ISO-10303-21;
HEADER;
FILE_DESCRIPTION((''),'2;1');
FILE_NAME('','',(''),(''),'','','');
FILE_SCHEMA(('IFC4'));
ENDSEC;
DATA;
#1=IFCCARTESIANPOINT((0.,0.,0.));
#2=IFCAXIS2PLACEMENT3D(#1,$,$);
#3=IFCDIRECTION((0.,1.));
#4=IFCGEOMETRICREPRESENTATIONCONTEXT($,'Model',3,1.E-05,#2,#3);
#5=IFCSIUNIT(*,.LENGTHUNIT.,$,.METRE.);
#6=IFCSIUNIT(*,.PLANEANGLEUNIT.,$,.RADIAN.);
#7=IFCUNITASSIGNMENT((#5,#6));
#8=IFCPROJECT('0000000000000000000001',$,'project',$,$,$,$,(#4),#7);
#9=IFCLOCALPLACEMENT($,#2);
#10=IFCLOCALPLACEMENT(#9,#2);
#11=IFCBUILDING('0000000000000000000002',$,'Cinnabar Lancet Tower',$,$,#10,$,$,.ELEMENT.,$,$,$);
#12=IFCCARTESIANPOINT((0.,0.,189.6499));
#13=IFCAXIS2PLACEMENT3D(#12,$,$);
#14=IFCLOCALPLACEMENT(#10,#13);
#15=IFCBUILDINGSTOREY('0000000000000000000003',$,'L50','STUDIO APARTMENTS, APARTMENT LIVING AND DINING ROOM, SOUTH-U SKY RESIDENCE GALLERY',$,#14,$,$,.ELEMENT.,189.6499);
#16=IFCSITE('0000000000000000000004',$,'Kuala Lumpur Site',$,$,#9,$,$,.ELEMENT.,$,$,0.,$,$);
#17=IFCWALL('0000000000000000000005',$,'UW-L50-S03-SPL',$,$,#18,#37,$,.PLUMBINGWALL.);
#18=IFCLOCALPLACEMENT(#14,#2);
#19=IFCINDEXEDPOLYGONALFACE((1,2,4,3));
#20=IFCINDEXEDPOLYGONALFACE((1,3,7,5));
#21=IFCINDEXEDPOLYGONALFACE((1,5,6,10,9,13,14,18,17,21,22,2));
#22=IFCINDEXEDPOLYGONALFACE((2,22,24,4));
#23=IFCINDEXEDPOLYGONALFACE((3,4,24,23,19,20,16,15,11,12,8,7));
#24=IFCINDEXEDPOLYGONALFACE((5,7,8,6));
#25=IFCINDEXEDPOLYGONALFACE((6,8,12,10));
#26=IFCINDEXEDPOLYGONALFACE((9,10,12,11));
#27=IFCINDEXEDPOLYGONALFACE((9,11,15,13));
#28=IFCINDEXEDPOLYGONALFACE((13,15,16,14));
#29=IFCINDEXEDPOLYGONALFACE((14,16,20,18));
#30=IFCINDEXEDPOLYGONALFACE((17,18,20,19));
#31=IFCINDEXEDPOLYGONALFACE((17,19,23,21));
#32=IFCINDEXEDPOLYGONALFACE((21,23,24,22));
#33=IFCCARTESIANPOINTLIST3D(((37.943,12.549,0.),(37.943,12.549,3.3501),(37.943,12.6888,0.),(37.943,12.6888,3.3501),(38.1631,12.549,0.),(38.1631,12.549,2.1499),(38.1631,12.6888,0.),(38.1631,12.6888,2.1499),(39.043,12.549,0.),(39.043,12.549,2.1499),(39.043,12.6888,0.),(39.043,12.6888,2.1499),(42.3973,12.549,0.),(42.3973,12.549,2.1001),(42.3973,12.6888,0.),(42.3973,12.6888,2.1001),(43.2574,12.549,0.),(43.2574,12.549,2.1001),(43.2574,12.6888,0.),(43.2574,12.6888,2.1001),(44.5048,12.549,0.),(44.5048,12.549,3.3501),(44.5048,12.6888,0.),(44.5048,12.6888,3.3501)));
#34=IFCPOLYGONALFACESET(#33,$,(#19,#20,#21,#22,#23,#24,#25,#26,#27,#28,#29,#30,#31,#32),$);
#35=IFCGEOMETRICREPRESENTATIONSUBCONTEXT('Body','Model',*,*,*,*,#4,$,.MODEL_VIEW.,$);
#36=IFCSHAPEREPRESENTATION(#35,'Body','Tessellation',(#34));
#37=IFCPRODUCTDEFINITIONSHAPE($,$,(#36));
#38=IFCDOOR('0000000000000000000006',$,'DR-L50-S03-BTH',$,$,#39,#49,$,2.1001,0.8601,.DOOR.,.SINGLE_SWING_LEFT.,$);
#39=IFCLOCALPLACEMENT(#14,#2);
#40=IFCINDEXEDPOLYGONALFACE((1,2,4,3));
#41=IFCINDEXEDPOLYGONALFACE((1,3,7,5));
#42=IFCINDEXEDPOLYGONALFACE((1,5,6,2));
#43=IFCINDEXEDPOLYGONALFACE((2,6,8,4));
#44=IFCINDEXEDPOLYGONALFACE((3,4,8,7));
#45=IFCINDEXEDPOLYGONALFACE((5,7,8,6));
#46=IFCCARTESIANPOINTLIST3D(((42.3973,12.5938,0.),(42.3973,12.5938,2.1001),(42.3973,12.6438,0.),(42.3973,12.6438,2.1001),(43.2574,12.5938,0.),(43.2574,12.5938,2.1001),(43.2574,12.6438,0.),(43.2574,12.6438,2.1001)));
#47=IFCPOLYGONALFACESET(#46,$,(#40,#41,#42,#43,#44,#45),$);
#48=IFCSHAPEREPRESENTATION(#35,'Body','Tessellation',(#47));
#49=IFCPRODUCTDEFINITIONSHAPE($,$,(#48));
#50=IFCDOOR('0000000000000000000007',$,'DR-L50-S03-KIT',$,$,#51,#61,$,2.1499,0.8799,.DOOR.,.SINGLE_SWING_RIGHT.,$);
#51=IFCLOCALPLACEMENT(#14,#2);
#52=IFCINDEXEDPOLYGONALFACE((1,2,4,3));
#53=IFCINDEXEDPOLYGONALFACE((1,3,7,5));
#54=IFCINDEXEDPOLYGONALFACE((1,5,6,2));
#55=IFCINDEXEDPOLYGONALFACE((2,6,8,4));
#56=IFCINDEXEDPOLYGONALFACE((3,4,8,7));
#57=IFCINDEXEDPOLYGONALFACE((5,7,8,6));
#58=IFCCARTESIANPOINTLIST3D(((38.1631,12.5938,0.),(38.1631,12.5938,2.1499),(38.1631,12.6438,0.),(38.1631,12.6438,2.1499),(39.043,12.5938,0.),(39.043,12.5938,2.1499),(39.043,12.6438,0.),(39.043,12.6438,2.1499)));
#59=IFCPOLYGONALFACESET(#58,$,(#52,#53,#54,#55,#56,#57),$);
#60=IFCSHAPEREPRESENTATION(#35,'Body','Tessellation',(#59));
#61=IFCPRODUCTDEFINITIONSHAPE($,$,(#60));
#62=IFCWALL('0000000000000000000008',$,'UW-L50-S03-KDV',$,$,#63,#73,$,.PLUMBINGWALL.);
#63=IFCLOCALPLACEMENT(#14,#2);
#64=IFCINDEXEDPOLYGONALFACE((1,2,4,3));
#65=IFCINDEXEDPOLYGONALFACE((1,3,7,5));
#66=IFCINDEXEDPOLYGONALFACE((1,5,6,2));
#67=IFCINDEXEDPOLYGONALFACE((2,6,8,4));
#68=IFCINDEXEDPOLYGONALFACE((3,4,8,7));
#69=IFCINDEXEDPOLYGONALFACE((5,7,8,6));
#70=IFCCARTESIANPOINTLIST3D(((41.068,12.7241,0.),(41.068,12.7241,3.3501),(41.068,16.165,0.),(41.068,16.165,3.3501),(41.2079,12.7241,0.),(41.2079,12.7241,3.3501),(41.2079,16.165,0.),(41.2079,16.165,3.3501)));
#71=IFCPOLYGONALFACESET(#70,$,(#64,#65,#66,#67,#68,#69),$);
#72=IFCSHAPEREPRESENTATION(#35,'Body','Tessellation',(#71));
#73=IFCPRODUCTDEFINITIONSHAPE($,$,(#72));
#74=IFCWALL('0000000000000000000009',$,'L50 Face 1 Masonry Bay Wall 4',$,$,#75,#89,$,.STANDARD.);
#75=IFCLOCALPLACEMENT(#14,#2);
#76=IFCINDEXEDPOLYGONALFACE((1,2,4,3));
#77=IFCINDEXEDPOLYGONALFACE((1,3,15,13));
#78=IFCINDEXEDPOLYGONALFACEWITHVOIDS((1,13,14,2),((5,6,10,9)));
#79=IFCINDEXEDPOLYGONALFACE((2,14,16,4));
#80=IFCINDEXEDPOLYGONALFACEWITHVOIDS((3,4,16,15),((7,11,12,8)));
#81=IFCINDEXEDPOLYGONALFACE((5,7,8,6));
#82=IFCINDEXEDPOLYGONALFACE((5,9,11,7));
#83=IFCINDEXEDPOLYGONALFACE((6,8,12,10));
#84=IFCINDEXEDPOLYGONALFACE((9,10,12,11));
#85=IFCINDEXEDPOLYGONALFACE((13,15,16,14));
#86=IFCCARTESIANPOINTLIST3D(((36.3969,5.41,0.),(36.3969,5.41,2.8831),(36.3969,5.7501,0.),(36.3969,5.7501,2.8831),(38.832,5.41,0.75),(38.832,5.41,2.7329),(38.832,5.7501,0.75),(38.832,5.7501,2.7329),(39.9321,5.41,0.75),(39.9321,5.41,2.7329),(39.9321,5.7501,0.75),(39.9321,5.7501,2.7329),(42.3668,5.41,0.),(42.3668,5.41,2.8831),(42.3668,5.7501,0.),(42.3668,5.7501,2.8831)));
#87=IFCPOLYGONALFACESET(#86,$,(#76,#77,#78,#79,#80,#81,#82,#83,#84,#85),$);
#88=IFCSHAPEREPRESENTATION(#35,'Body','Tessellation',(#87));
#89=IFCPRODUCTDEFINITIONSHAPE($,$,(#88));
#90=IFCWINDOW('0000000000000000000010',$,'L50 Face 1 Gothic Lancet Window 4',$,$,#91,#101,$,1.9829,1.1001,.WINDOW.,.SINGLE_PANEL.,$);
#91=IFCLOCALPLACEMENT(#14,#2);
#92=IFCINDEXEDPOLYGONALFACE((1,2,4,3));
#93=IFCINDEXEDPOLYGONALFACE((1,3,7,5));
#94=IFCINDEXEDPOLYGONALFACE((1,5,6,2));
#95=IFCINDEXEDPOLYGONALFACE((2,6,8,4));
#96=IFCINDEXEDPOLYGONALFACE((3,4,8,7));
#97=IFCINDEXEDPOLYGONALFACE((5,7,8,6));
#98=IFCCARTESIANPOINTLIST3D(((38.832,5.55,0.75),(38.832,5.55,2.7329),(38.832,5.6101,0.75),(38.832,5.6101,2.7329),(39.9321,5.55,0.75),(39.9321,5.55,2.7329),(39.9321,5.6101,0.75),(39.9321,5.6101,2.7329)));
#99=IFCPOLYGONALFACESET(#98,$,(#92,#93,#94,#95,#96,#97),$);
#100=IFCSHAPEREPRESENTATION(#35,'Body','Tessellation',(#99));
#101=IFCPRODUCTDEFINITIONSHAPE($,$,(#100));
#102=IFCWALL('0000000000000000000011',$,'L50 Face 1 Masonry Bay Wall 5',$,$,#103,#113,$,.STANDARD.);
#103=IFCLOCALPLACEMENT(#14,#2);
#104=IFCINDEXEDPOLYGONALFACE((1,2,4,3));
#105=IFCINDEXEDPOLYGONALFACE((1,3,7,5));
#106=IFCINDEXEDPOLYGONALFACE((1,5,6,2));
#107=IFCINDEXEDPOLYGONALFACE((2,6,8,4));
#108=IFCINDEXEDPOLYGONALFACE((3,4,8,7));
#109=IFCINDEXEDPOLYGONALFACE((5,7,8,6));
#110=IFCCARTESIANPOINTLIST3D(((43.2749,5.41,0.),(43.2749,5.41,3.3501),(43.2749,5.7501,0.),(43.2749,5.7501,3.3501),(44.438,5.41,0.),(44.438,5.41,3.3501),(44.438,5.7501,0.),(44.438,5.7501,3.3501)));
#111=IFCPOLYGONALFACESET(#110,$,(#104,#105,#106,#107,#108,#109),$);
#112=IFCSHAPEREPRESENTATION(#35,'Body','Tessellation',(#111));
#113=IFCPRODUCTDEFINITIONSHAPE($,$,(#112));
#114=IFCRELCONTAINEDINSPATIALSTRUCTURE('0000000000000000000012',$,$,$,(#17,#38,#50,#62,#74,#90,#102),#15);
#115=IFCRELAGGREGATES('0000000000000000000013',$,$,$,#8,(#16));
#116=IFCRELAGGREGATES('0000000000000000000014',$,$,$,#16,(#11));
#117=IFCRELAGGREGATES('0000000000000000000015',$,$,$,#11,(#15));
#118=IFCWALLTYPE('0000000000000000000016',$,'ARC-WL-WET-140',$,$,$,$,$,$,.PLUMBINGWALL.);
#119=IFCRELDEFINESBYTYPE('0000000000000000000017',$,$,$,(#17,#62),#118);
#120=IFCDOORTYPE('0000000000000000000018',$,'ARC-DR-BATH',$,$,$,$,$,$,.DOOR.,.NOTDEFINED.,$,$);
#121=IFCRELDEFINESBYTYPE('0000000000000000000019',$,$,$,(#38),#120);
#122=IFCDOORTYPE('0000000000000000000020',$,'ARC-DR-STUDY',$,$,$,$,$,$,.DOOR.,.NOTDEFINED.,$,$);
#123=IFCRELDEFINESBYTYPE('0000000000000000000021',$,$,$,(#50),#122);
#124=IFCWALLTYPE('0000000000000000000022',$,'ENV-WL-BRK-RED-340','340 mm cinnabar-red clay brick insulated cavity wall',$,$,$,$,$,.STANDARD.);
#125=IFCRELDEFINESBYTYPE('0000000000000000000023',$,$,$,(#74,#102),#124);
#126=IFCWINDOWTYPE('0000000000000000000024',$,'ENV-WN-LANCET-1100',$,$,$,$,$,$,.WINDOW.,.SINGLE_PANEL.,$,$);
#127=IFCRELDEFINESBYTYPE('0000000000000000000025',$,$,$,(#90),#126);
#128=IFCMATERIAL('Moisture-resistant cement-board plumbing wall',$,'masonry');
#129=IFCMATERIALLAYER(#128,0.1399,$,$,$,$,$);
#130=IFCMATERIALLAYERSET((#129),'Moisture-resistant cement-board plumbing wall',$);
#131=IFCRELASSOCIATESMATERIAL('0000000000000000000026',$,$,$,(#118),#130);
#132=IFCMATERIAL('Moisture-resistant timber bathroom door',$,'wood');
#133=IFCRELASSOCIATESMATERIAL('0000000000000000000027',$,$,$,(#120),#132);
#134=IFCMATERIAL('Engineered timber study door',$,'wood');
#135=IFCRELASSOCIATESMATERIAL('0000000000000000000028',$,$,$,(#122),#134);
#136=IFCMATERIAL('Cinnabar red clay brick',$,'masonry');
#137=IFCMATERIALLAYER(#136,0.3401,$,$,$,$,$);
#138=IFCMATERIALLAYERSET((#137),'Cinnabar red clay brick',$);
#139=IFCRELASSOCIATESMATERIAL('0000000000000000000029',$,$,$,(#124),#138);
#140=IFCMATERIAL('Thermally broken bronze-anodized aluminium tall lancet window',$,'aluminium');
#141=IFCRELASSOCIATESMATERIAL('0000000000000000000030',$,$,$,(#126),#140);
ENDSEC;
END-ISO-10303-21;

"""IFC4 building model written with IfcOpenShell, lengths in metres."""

from ifc_helpers import new_model, si_unit, direction, frame, frame_2d, origin, place, context, subcontext, project, spatial, rectangle, extrude, material, layer, layer_set, type_object, element, fill, save


model = new_model("IFC4")

# Units and contexts
model_context = context("Model", 3, precision=1e-05, world=origin(), true_north=direction((0.0, 1.0)))
body_context = subcontext(model_context, "Body", "Model", "MODEL_VIEW")
ifc_project = project(units=[si_unit("LENGTHUNIT", "METRE"), si_unit("PLANEANGLEUNIT", "RADIAN")], contexts=[model_context])

# Site, building, storey
site_placement = place(None, origin())
site = spatial("IfcSite", under=ifc_project, at=site_placement, Name="Kuala Lumpur Site", CompositionType="ELEMENT", RefElevation=0.0)
building_placement = place(site_placement, origin())
building = spatial("IfcBuilding", under=site, at=building_placement, Name="Cinnabar Lancet Tower", CompositionType="ELEMENT")
storey_placement = place(building_placement, frame((0.0, 0.0, 189.6499)))
storey = spatial("IfcBuildingStorey", under=building, at=storey_placement, Name="L50", Description="STUDIO APARTMENTS, APARTMENT LIVING AND DINING ROOM, SOUTH-U SKY RESIDENCE GALLERY", CompositionType="ELEMENT", Elevation=189.6499)

# Shared definitions
ifc_material_1 = material(Name="Moisture-resistant cement-board plumbing wall", Category="masonry")
ifc_layer_1 = layer(ifc_material_1, 0.1399)
ifc_layer_set_1 = layer_set([ifc_layer_1], Name="Moisture-resistant cement-board plumbing wall")
wall_type_1 = type_object("IfcWallType", Name="ARC-WL-WET-140", PredefinedType="PLUMBINGWALL", material=ifc_layer_set_1)
ifc_material_2 = material(Name="Moisture-resistant timber bathroom door", Category="wood")
door_type_1 = type_object("IfcDoorType", Name="ARC-DR-BATH", OperationType="NOTDEFINED", PredefinedType="DOOR", material=ifc_material_2)
ifc_material_3 = material(Name="Engineered timber study door", Category="wood")
door_type_2 = type_object("IfcDoorType", Name="ARC-DR-STUDY", OperationType="NOTDEFINED", PredefinedType="DOOR", material=ifc_material_3)

# Wall, openings, doors
wall_1_placement = place(storey_placement, frame((37.9431, 12.6189, 0.0), z_axis=(0.0, 0.0, 1.0), x_axis=(1.0, 0.0, 0.0)))
wall_1 = element("IfcWall", 1, at=wall_1_placement, inside=storey, type_object=wall_type_1, Name="UW-L50-S03-SPL", PredefinedType="PLUMBINGWALL", context=body_context, shape_type="SweptSolid", body=[
    extrude(rectangle(XDim=6.5618, YDim=0.1399, at=frame_2d((3.2808, 0.0))), origin(), (0.0, 0.0, 1.0), 3.3501),
])
opening_1_placement = place(wall_1_placement, frame((4.4541, 0.0, 0.0)))
opening_1 = element("IfcOpeningElement", 2, at=opening_1_placement, cuts=wall_1, PredefinedType="OPENING", context=body_context, shape_type="SweptSolid", body=[
    extrude(rectangle(XDim=0.8601, YDim=2.1001, at=frame_2d((0.4302, 1.05))), frame((0.0, 0.0798, 0.0), z_axis=(0.0, -1.0, 0.0), x_axis=(1.0, 0.0, 0.0)), (0.0, 0.0, 1.0), 0.1599),
])
opening_2_placement = place(wall_1_placement, frame((0.22, 0.0, 0.0)))
opening_2 = element("IfcOpeningElement", 3, at=opening_2_placement, cuts=wall_1, PredefinedType="OPENING", context=body_context, shape_type="SweptSolid", body=[
    extrude(rectangle(XDim=0.8799, YDim=2.1499, at=frame_2d((0.4399, 1.075))), frame((0.0, 0.0798, 0.0), z_axis=(0.0, -1.0, 0.0), x_axis=(1.0, 0.0, 0.0)), (0.0, 0.0, 1.0), 0.1599),
])
door_1_placement = place(opening_1_placement, origin())
door_1 = element("IfcDoor", 4, at=door_1_placement, inside=storey, type_object=door_type_1, Name="DR-L50-S03-BTH", OperationType="SINGLE_SWING_LEFT", OverallHeight=2.1001, OverallWidth=0.8601, PredefinedType="DOOR", context=body_context, shape_type="SweptSolid", body=[
    extrude(rectangle(XDim=0.8601, YDim=2.1001, at=frame_2d((0.4302, 1.05))), frame((0.0, 0.0249, 0.0), z_axis=(0.0, -1.0, 0.0), x_axis=(1.0, 0.0, 0.0)), (0.0, 0.0, 1.0), 0.05),
])
fill(opening_1, door_1)
door_2_placement = place(opening_2_placement, origin())
door_2 = element("IfcDoor", 5, at=door_2_placement, inside=storey, type_object=door_type_2, Name="DR-L50-S03-KIT", OperationType="SINGLE_SWING_RIGHT", OverallHeight=2.1499, OverallWidth=0.8799, PredefinedType="DOOR", context=body_context, shape_type="SweptSolid", body=[
    extrude(rectangle(XDim=0.8799, YDim=2.1499, at=frame_2d((0.4399, 1.075))), frame((0.0, 0.0249, 0.0), z_axis=(0.0, -1.0, 0.0), x_axis=(1.0, 0.0, 0.0)), (0.0, 0.0, 1.0), 0.05),
])
fill(opening_2, door_2)

# Wall
wall_2_placement = place(storey_placement, frame((41.1379, 12.7241, 0.0), z_axis=(0.0, 0.0, 1.0), x_axis=(0.0, 1.0, 0.0)))
element("IfcWall", 6, at=wall_2_placement, inside=storey, type_object=wall_type_1, Name="UW-L50-S03-KDV", PredefinedType="PLUMBINGWALL", context=body_context, shape_type="SweptSolid", body=[
    extrude(rectangle(XDim=3.4409, YDim=0.1399, at=frame_2d((1.7205, 0.0))), origin(), (0.0, 0.0, 1.0), 3.3501),
])

# Wall, opening, window
ifc_material_4 = material(Name="Cinnabar red clay brick", Category="masonry")
ifc_layer_2 = layer(ifc_material_4, 0.3401)
ifc_layer_set_2 = layer_set([ifc_layer_2], Name="Cinnabar red clay brick")
wall_type_2 = type_object("IfcWallType", Name="ENV-WL-BRK-RED-340", Description="340 mm cinnabar-red clay brick insulated cavity wall", PredefinedType="STANDARD", material=ifc_layer_set_2)
wall_3_placement = place(storey_placement, frame((36.397, 5.5801, 0.0), z_axis=(0.0, 0.0, 1.0), x_axis=(1.0, 0.0, 0.0)))
wall_3 = element("IfcWall", 7, at=wall_3_placement, inside=storey, type_object=wall_type_2, Name="L50 Face 1 Masonry Bay Wall 4", PredefinedType="STANDARD", context=body_context, shape_type="SweptSolid", body=[
    extrude(rectangle(XDim=5.97, YDim=0.3401, at=frame_2d((2.9849, 0.0))), origin(), (0.0, 0.0, 1.0), 2.8831),
])
opening_3_placement = place(wall_3_placement, frame((2.4351, 0.0, 0.75)))
opening_3 = element("IfcOpeningElement", 8, at=opening_3_placement, cuts=wall_3, PredefinedType="OPENING", context=body_context, shape_type="SweptSolid", body=[
    extrude(rectangle(XDim=1.1001, YDim=1.9829, at=frame_2d((0.55, 0.9915))), frame((0.0, 0.1799, 0.0), z_axis=(0.0, -1.0, 0.0), x_axis=(1.0, 0.0, 0.0)), (0.0, 0.0, 1.0), 0.3601),
])
ifc_material_5 = material(Name="Thermally broken bronze-anodized aluminium tall lancet window", Category="aluminium")
window_type = type_object("IfcWindowType", Name="ENV-WN-LANCET-1100", PartitioningType="SINGLE_PANEL", PredefinedType="WINDOW", material=ifc_material_5)
window_placement = place(opening_3_placement, origin())
window = element("IfcWindow", 9, at=window_placement, inside=storey, type_object=window_type, Name="L50 Face 1 Gothic Lancet Window 4", OverallHeight=1.9829, OverallWidth=1.1001, PartitioningType="SINGLE_PANEL", PredefinedType="WINDOW", context=body_context, shape_type="SweptSolid", body=[
    extrude(rectangle(XDim=1.1001, YDim=1.9829, at=frame_2d((0.55, 0.9915))), frame((0.0, 0.03, 0.0), z_axis=(0.0, -1.0, 0.0), x_axis=(1.0, 0.0, 0.0)), (0.0, 0.0, 1.0), 0.0601),
])
fill(opening_3, window)

# Wall
wall_4_placement = place(storey_placement, frame((43.2749, 5.5801, 0.0), z_axis=(0.0, 0.0, 1.0), x_axis=(1.0, 0.0, 0.0)))
element("IfcWall", 10, at=wall_4_placement, inside=storey, type_object=wall_type_2, Name="L50 Face 1 Masonry Bay Wall 5", PredefinedType="STANDARD", context=body_context, shape_type="SweptSolid", body=[
    extrude(rectangle(XDim=1.1631, YDim=0.3401, at=frame_2d((0.5815, 0.0))), origin(), (0.0, 0.0, 1.0), 3.3501),
])

save(model, "model.ifc")
